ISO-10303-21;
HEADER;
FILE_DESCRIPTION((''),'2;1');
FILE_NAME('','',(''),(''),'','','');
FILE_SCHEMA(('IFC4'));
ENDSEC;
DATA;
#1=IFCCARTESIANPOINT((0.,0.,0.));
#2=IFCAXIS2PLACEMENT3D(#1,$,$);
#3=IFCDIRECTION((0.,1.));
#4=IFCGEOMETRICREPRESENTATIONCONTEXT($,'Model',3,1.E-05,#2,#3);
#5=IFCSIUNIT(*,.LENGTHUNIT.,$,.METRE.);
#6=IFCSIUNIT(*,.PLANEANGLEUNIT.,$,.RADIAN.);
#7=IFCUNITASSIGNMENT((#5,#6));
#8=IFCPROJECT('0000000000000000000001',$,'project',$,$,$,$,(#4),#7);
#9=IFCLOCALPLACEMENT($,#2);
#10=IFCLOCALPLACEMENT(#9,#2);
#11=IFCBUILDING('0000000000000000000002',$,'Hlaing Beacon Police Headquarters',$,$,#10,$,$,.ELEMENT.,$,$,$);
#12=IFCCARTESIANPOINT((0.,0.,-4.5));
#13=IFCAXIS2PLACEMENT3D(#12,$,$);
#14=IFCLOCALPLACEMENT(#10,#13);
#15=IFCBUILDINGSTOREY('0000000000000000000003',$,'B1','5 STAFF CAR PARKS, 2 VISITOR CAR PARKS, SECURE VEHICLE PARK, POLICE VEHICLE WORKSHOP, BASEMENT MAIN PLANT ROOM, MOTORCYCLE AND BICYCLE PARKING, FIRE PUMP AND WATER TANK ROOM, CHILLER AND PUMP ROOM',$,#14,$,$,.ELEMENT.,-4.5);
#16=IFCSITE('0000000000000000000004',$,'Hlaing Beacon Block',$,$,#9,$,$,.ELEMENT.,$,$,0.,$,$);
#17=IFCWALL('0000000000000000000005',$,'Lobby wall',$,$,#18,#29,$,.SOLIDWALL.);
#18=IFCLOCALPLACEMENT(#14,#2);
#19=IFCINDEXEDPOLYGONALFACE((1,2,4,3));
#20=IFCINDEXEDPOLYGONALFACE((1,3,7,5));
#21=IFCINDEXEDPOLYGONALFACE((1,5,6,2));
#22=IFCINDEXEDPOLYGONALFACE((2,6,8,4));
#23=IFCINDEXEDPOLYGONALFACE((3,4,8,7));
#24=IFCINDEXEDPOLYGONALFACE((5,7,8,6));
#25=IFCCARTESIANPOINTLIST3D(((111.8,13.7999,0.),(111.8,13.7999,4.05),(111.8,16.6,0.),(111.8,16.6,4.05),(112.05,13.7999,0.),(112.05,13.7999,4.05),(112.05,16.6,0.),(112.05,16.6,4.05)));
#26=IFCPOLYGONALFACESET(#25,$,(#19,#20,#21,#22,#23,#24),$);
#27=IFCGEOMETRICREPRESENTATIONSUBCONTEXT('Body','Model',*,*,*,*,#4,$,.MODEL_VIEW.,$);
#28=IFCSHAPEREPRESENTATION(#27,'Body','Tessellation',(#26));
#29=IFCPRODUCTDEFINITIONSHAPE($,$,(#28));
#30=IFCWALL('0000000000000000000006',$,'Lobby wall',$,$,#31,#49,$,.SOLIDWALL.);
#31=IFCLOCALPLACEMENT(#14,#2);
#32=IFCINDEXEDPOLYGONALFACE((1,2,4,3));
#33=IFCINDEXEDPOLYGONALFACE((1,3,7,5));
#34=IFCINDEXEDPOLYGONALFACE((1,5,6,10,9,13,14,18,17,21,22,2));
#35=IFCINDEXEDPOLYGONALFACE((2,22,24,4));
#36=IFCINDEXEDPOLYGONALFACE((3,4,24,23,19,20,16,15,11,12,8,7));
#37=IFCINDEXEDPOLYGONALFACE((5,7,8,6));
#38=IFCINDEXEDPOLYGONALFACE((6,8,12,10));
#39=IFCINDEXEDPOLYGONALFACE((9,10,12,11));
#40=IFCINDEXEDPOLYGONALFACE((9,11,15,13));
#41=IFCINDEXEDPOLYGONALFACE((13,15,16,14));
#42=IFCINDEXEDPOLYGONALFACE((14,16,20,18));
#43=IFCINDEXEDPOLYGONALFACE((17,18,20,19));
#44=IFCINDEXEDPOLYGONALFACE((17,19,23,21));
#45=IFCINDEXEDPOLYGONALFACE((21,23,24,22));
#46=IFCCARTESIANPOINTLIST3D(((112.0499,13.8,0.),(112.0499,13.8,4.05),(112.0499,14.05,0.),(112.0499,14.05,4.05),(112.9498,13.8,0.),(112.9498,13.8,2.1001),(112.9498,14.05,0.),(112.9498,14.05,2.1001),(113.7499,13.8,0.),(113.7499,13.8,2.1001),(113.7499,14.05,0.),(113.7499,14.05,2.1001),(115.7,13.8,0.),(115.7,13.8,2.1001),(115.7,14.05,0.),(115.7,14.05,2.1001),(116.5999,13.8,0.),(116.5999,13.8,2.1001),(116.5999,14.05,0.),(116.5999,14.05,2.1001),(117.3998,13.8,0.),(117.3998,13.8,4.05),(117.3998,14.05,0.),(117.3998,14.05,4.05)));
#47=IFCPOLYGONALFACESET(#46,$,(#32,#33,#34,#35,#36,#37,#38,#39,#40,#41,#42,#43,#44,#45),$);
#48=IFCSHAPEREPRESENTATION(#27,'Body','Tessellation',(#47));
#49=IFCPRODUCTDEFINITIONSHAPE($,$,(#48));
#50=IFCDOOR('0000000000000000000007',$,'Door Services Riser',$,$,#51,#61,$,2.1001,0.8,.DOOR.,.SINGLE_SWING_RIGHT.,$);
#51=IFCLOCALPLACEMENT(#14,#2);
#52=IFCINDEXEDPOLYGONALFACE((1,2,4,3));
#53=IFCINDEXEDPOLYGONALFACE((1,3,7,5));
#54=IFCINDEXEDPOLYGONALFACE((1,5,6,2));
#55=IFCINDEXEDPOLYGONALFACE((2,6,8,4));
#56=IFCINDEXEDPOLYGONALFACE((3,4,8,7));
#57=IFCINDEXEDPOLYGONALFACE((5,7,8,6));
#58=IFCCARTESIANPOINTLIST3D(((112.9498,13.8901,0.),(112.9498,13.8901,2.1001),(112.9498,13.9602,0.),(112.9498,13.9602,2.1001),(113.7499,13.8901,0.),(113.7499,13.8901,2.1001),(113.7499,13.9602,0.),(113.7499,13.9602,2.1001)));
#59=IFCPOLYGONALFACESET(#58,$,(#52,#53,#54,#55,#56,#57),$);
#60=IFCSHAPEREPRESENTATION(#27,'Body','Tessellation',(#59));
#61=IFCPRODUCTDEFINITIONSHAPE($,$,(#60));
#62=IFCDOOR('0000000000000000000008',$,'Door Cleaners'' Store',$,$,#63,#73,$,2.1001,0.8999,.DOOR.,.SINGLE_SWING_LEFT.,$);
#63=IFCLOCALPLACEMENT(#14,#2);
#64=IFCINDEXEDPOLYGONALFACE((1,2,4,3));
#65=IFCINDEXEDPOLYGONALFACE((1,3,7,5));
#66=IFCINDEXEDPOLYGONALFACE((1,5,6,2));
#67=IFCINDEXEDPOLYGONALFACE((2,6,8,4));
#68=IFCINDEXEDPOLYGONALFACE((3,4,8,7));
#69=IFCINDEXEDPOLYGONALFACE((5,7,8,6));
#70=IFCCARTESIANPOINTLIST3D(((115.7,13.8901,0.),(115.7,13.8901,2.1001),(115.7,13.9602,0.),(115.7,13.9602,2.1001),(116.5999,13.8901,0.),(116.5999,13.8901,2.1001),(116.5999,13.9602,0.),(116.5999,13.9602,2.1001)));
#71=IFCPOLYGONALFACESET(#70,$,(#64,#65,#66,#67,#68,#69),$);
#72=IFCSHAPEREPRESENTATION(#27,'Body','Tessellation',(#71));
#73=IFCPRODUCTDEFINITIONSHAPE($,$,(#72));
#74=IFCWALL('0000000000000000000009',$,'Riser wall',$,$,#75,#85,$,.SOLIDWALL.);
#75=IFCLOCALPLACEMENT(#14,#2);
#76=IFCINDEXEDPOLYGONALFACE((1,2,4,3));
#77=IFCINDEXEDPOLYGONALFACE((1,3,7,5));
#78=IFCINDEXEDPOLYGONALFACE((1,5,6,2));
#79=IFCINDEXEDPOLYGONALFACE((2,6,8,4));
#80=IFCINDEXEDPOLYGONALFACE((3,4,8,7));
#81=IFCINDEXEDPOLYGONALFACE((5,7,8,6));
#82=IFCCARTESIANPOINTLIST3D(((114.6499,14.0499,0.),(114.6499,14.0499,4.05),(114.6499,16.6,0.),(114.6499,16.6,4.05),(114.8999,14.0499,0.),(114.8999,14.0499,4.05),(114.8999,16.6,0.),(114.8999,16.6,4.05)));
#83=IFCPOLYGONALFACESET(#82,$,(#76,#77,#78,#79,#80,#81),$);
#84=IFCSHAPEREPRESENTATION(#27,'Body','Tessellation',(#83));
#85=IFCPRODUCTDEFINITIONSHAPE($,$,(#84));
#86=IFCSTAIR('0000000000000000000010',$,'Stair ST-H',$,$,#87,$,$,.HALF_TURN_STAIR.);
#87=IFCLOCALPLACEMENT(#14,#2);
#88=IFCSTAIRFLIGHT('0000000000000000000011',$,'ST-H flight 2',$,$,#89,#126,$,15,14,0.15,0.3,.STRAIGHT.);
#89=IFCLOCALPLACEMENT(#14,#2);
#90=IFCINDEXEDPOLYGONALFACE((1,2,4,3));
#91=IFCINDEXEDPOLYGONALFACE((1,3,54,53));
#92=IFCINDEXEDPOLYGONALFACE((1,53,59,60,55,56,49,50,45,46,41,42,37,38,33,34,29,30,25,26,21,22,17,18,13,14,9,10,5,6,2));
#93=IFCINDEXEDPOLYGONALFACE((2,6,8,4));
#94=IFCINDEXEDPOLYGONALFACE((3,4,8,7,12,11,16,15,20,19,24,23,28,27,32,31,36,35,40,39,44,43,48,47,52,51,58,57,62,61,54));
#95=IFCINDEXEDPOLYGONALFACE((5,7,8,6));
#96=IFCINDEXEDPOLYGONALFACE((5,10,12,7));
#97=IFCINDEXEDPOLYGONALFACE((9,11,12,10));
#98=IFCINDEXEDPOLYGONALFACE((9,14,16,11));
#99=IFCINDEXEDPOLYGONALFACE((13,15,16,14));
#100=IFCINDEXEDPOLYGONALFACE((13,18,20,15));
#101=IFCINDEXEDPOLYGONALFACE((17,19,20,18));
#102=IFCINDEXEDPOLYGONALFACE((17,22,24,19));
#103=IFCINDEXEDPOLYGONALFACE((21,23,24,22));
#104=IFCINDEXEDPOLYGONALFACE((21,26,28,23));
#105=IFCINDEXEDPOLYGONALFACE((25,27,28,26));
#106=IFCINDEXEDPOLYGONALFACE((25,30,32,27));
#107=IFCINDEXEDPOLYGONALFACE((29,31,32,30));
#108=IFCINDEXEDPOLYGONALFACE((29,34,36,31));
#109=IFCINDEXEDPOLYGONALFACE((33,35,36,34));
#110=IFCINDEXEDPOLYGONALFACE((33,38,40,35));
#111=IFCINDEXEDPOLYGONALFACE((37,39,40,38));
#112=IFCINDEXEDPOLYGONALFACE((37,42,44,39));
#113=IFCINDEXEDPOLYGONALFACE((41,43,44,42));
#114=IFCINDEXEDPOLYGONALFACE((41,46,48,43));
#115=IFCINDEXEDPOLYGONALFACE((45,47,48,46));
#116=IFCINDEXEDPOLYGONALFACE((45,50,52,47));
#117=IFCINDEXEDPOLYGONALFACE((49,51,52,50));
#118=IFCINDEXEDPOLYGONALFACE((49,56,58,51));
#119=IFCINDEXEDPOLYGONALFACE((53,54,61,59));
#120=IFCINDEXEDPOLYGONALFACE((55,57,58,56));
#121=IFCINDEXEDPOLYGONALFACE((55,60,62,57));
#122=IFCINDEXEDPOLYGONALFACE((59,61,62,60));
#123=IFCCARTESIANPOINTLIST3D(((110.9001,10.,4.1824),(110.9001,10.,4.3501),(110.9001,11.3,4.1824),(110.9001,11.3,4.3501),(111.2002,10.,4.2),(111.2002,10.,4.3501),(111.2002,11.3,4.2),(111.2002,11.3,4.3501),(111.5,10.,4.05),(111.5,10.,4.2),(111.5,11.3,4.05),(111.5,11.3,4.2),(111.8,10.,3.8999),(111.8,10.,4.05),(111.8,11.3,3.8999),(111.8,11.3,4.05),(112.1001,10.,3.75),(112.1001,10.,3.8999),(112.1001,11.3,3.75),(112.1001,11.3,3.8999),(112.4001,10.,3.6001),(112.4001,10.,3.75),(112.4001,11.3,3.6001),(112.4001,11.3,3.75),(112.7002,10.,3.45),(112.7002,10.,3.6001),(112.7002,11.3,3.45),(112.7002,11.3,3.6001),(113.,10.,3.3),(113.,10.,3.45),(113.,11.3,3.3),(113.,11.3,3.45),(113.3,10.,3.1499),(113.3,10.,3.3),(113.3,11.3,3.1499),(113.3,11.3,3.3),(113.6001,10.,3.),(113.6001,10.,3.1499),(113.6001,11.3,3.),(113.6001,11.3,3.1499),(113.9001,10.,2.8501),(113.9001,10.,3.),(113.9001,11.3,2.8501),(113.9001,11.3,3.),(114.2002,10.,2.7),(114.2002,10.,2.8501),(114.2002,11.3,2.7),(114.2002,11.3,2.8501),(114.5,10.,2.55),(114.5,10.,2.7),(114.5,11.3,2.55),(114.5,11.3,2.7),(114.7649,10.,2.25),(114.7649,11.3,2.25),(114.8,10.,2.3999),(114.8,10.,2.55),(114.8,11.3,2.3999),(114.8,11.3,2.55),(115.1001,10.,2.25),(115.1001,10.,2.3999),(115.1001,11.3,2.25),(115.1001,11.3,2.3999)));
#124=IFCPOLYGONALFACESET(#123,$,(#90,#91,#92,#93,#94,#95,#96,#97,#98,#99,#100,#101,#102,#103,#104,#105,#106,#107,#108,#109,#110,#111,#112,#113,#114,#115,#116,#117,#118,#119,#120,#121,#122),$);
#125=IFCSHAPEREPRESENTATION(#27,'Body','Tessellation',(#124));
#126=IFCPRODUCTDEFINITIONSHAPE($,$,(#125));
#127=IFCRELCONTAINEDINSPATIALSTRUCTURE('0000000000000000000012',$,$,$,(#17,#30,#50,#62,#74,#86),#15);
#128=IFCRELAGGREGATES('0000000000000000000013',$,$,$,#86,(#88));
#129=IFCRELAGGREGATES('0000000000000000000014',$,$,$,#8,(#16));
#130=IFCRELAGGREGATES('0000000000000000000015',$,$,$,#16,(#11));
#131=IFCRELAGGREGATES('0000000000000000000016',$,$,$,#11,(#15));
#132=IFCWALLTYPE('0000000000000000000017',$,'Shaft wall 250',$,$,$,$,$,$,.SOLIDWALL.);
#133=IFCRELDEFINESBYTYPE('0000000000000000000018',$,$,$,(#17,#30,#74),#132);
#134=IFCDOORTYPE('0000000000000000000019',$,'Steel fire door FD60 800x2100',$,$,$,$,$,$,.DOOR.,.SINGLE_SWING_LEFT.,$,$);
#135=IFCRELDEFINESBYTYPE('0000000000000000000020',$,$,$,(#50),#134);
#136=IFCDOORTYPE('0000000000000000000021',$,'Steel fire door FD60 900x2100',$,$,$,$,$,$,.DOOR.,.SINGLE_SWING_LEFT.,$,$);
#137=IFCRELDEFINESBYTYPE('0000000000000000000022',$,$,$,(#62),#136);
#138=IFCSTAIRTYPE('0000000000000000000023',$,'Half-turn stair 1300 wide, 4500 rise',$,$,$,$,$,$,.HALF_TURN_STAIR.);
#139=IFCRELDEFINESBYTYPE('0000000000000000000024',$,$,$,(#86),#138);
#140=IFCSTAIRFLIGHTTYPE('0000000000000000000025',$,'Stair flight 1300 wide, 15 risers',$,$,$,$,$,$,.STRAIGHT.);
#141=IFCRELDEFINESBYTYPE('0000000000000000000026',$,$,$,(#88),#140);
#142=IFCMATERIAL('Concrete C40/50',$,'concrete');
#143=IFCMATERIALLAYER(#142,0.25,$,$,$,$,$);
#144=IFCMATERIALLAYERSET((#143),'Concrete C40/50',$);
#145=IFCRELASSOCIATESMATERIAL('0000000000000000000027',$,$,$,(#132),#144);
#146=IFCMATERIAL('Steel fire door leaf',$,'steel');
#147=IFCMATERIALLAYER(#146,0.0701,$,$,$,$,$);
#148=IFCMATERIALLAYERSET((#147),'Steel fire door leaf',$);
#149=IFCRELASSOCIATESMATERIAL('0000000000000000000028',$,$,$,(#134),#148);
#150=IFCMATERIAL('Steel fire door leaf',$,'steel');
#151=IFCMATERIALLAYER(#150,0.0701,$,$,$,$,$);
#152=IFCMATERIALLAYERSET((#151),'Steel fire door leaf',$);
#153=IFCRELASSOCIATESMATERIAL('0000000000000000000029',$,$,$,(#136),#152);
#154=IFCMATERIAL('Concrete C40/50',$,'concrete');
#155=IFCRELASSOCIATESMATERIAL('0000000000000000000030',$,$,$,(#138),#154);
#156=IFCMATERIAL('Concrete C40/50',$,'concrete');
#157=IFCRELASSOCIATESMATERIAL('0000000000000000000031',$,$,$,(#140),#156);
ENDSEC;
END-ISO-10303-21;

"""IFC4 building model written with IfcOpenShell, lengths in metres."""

from ifc_helpers import new_model, si_unit, direction, frame, frame_2d, origin, place, context, subcontext, project, spatial, polyline, rectangle, outline, extrude, material, layer, layer_set, type_object, element, fill, aggregate, save


model = new_model("IFC4")

# Units and contexts
model_context = context("Model", 3, precision=1e-05, world=origin(), true_north=direction((0.0, 1.0)))
body_context = subcontext(model_context, "Body", "Model", "MODEL_VIEW")
ifc_project = project(units=[si_unit("LENGTHUNIT", "METRE"), si_unit("PLANEANGLEUNIT", "RADIAN")], contexts=[model_context])

# Site, building, storey
site_placement = place(None, origin())
site = spatial("IfcSite", under=ifc_project, at=site_placement, Name="Hlaing Beacon Block", CompositionType="ELEMENT", RefElevation=0.0)
building_placement = place(site_placement, origin())
building = spatial("IfcBuilding", under=site, at=building_placement, Name="Hlaing Beacon Police Headquarters", CompositionType="ELEMENT")
storey_placement = place(building_placement, frame((0.0, 0.0, -4.5)))
storey = spatial("IfcBuildingStorey", under=building, at=storey_placement, Name="B1", Description="5 STAFF CAR PARKS, 2 VISITOR CAR PARKS, SECURE VEHICLE PARK, POLICE VEHICLE WORKSHOP, BASEMENT MAIN PLANT ROOM, MOTORCYCLE AND BICYCLE PARKING, FIRE PUMP AND WATER TANK ROOM, CHILLER AND PUMP ROOM", CompositionType="ELEMENT", Elevation=-4.5)

# Wall
ifc_material_1 = material(Name="Concrete C40/50", Category="concrete")
ifc_layer_1 = layer(ifc_material_1, 0.25)
ifc_layer_set_1 = layer_set([ifc_layer_1], Name="Concrete C40/50")
wall_type_1 = type_object("IfcWallType", Name="Shaft wall 250", PredefinedType="SOLIDWALL", material=ifc_layer_set_1)
wall_1_placement = place(storey_placement, frame((111.925, 13.8, 0.0), z_axis=(0.0, 0.0, 1.0), x_axis=(0.0, 1.0, 0.0)))
element("IfcWall", 1, at=wall_1_placement, inside=storey, type_object=wall_type_1, Name="Lobby wall", PredefinedType="SOLIDWALL", context=body_context, shape_type="SweptSolid", body=[
    extrude(rectangle(XDim=2.8, YDim=0.25, at=frame_2d((1.3999, 0.0))), origin(), (0.0, 0.0, 1.0), 4.05),
])

# Wall, openings, doors
wall_2_placement = place(storey_placement, frame((112.05, 13.925, 0.0), z_axis=(0.0, 0.0, 1.0), x_axis=(1.0, 0.0, 0.0)))
wall_2 = element("IfcWall", 2, at=wall_2_placement, inside=storey, type_object=wall_type_1, Name="Lobby wall", PredefinedType="SOLIDWALL", context=body_context, shape_type="SweptSolid", body=[
    extrude(rectangle(XDim=5.3499, YDim=0.25, at=frame_2d((2.6748, 0.0))), origin(), (0.0, 0.0, 1.0), 4.05),
])
opening_1_placement = place(wall_2_placement, frame((3.6499, 0.0, 0.0)))
opening_1 = element("IfcOpeningElement", 3, at=opening_1_placement, cuts=wall_2, PredefinedType="OPENING", context=body_context, shape_type="SweptSolid", body=[
    extrude(rectangle(XDim=0.8999, YDim=2.1001, at=frame_2d((0.45, 1.05))), frame((0.0, 0.135, 0.0), z_axis=(0.0, -1.0, 0.0), x_axis=(1.0, 0.0, 0.0)), (0.0, 0.0, 1.0), 0.27),
])
opening_2_placement = place(wall_2_placement, frame((0.8999, 0.0, 0.0)))
opening_2 = element("IfcOpeningElement", 4, at=opening_2_placement, cuts=wall_2, PredefinedType="OPENING", context=body_context, shape_type="SweptSolid", body=[
    extrude(rectangle(XDim=0.8, YDim=2.1001, at=frame_2d((0.3999, 1.05))), frame((0.0, 0.135, 0.0), z_axis=(0.0, -1.0, 0.0), x_axis=(1.0, 0.0, 0.0)), (0.0, 0.0, 1.0), 0.27),
])
ifc_material_2 = material(Name="Steel fire door leaf", Category="steel")
ifc_layer_2 = layer(ifc_material_2, 0.0701)
ifc_layer_set_2 = layer_set([ifc_layer_2], Name="Steel fire door leaf")
door_type_1 = type_object("IfcDoorType", Name="Steel fire door FD60 800x2100", OperationType="SINGLE_SWING_LEFT", PredefinedType="DOOR", material=ifc_layer_set_2)
door_1_placement = place(opening_2_placement, origin())
door_1 = element("IfcDoor", 5, at=door_1_placement, inside=storey, type_object=door_type_1, Name="Door Services Riser", OperationType="SINGLE_SWING_RIGHT", OverallHeight=2.1001, OverallWidth=0.8, PredefinedType="DOOR", context=body_context, shape_type="SweptSolid", body=[
    extrude(rectangle(XDim=0.8, YDim=2.1001, at=frame_2d((0.3999, 1.05))), frame((0.0, 0.0352, 0.0), z_axis=(0.0, -1.0, 0.0), x_axis=(1.0, 0.0, 0.0)), (0.0, 0.0, 1.0), 0.0701),
])
fill(opening_2, door_1)
ifc_material_3 = material(Name="Steel fire door leaf", Category="steel")
ifc_layer_3 = layer(ifc_material_3, 0.0701)
ifc_layer_set_3 = layer_set([ifc_layer_3], Name="Steel fire door leaf")
door_type_2 = type_object("IfcDoorType", Name="Steel fire door FD60 900x2100", OperationType="SINGLE_SWING_LEFT", PredefinedType="DOOR", material=ifc_layer_set_3)
door_2_placement = place(opening_1_placement, origin())
door_2 = element("IfcDoor", 6, at=door_2_placement, inside=storey, type_object=door_type_2, Name="Door Cleaners' Store", OperationType="SINGLE_SWING_LEFT", OverallHeight=2.1001, OverallWidth=0.8999, PredefinedType="DOOR", context=body_context, shape_type="SweptSolid", body=[
    extrude(rectangle(XDim=0.8999, YDim=2.1001, at=frame_2d((0.45, 1.05))), frame((0.0, 0.0352, 0.0), z_axis=(0.0, -1.0, 0.0), x_axis=(1.0, 0.0, 0.0)), (0.0, 0.0, 1.0), 0.0701),
])
fill(opening_1, door_2)

# Wall
wall_3_placement = place(storey_placement, frame((114.7749, 14.05, 0.0), z_axis=(0.0, 0.0, 1.0), x_axis=(0.0, 1.0, 0.0)))
element("IfcWall", 7, at=wall_3_placement, inside=storey, type_object=wall_type_1, Name="Riser wall", PredefinedType="SOLIDWALL", context=body_context, shape_type="SweptSolid", body=[
    extrude(rectangle(XDim=2.55, YDim=0.25, at=frame_2d((1.2749, 0.0))), origin(), (0.0, 0.0, 1.0), 4.05),
])

# Stair, stair flight
ifc_material_4 = material(Name="Concrete C40/50", Category="concrete")
stair_type = type_object("IfcStairType", Name="Half-turn stair 1300 wide, 4500 rise", PredefinedType="HALF_TURN_STAIR", material=ifc_material_4)
stair_placement = place(storey_placement, origin())
stair = element("IfcStair", 8, at=stair_placement, inside=storey, type_object=stair_type, Name="Stair ST-H", PredefinedType="HALF_TURN_STAIR")
ifc_material_5 = material(Name="Concrete C40/50", Category="concrete")
stair_flight_type = type_object("IfcStairFlightType", Name="Stair flight 1300 wide, 15 risers", PredefinedType="STRAIGHT", material=ifc_material_5)
stair_flight_placement = place(storey_placement, frame((115.1001, 10.6499, 2.25), z_axis=(0.0, 0.0, 1.0), x_axis=(-1.0, 0.0, 0.0)))
stair_flight = element("IfcStairFlight", 9, at=stair_flight_placement, type_object=stair_flight_type, Name="ST-H flight 2", NumberOfRisers=15, NumberOfTreads=14, PredefinedType="STRAIGHT", RiserHeight=0.15, TreadLength=0.3, context=body_context, shape_type="SweptSolid", body=[
    extrude(outline(polyline([(0.0, 0.0), (0.0, 0.1499), (0.3, 0.1499), (0.3, 0.3), (0.6001, 0.3), (0.6001, 0.45), (0.8999, 0.45), (0.8999, 0.6001), (1.2, 0.6001), (1.2, 0.75), (1.5, 0.75), (1.5, 0.8999), (1.8, 0.8999), (1.8, 1.05), (2.1001, 1.05), (2.1001, 1.2), (2.3999, 1.2), (2.3999, 1.3501), (2.7, 1.3501), (2.7, 1.5), (3.0, 1.5), (3.0, 1.6499), (3.3, 1.6499), (3.3, 1.8), (3.6001, 1.8), (3.6001, 1.95), (3.8999, 1.95), (3.8999, 2.1001), (4.2, 2.1001), (4.2, 2.25), (4.2, 1.9324), (0.3352, 0.0), (0.0, 0.0)])), frame((0.0, 0.6499, 0.0), z_axis=(0.0, -1.0, 0.0), x_axis=(1.0, 0.0, 0.0)), (0.0, 0.0, 1.0), 1.3),
])
aggregate(stair, [stair_flight])

save(model, "model.ifc")
